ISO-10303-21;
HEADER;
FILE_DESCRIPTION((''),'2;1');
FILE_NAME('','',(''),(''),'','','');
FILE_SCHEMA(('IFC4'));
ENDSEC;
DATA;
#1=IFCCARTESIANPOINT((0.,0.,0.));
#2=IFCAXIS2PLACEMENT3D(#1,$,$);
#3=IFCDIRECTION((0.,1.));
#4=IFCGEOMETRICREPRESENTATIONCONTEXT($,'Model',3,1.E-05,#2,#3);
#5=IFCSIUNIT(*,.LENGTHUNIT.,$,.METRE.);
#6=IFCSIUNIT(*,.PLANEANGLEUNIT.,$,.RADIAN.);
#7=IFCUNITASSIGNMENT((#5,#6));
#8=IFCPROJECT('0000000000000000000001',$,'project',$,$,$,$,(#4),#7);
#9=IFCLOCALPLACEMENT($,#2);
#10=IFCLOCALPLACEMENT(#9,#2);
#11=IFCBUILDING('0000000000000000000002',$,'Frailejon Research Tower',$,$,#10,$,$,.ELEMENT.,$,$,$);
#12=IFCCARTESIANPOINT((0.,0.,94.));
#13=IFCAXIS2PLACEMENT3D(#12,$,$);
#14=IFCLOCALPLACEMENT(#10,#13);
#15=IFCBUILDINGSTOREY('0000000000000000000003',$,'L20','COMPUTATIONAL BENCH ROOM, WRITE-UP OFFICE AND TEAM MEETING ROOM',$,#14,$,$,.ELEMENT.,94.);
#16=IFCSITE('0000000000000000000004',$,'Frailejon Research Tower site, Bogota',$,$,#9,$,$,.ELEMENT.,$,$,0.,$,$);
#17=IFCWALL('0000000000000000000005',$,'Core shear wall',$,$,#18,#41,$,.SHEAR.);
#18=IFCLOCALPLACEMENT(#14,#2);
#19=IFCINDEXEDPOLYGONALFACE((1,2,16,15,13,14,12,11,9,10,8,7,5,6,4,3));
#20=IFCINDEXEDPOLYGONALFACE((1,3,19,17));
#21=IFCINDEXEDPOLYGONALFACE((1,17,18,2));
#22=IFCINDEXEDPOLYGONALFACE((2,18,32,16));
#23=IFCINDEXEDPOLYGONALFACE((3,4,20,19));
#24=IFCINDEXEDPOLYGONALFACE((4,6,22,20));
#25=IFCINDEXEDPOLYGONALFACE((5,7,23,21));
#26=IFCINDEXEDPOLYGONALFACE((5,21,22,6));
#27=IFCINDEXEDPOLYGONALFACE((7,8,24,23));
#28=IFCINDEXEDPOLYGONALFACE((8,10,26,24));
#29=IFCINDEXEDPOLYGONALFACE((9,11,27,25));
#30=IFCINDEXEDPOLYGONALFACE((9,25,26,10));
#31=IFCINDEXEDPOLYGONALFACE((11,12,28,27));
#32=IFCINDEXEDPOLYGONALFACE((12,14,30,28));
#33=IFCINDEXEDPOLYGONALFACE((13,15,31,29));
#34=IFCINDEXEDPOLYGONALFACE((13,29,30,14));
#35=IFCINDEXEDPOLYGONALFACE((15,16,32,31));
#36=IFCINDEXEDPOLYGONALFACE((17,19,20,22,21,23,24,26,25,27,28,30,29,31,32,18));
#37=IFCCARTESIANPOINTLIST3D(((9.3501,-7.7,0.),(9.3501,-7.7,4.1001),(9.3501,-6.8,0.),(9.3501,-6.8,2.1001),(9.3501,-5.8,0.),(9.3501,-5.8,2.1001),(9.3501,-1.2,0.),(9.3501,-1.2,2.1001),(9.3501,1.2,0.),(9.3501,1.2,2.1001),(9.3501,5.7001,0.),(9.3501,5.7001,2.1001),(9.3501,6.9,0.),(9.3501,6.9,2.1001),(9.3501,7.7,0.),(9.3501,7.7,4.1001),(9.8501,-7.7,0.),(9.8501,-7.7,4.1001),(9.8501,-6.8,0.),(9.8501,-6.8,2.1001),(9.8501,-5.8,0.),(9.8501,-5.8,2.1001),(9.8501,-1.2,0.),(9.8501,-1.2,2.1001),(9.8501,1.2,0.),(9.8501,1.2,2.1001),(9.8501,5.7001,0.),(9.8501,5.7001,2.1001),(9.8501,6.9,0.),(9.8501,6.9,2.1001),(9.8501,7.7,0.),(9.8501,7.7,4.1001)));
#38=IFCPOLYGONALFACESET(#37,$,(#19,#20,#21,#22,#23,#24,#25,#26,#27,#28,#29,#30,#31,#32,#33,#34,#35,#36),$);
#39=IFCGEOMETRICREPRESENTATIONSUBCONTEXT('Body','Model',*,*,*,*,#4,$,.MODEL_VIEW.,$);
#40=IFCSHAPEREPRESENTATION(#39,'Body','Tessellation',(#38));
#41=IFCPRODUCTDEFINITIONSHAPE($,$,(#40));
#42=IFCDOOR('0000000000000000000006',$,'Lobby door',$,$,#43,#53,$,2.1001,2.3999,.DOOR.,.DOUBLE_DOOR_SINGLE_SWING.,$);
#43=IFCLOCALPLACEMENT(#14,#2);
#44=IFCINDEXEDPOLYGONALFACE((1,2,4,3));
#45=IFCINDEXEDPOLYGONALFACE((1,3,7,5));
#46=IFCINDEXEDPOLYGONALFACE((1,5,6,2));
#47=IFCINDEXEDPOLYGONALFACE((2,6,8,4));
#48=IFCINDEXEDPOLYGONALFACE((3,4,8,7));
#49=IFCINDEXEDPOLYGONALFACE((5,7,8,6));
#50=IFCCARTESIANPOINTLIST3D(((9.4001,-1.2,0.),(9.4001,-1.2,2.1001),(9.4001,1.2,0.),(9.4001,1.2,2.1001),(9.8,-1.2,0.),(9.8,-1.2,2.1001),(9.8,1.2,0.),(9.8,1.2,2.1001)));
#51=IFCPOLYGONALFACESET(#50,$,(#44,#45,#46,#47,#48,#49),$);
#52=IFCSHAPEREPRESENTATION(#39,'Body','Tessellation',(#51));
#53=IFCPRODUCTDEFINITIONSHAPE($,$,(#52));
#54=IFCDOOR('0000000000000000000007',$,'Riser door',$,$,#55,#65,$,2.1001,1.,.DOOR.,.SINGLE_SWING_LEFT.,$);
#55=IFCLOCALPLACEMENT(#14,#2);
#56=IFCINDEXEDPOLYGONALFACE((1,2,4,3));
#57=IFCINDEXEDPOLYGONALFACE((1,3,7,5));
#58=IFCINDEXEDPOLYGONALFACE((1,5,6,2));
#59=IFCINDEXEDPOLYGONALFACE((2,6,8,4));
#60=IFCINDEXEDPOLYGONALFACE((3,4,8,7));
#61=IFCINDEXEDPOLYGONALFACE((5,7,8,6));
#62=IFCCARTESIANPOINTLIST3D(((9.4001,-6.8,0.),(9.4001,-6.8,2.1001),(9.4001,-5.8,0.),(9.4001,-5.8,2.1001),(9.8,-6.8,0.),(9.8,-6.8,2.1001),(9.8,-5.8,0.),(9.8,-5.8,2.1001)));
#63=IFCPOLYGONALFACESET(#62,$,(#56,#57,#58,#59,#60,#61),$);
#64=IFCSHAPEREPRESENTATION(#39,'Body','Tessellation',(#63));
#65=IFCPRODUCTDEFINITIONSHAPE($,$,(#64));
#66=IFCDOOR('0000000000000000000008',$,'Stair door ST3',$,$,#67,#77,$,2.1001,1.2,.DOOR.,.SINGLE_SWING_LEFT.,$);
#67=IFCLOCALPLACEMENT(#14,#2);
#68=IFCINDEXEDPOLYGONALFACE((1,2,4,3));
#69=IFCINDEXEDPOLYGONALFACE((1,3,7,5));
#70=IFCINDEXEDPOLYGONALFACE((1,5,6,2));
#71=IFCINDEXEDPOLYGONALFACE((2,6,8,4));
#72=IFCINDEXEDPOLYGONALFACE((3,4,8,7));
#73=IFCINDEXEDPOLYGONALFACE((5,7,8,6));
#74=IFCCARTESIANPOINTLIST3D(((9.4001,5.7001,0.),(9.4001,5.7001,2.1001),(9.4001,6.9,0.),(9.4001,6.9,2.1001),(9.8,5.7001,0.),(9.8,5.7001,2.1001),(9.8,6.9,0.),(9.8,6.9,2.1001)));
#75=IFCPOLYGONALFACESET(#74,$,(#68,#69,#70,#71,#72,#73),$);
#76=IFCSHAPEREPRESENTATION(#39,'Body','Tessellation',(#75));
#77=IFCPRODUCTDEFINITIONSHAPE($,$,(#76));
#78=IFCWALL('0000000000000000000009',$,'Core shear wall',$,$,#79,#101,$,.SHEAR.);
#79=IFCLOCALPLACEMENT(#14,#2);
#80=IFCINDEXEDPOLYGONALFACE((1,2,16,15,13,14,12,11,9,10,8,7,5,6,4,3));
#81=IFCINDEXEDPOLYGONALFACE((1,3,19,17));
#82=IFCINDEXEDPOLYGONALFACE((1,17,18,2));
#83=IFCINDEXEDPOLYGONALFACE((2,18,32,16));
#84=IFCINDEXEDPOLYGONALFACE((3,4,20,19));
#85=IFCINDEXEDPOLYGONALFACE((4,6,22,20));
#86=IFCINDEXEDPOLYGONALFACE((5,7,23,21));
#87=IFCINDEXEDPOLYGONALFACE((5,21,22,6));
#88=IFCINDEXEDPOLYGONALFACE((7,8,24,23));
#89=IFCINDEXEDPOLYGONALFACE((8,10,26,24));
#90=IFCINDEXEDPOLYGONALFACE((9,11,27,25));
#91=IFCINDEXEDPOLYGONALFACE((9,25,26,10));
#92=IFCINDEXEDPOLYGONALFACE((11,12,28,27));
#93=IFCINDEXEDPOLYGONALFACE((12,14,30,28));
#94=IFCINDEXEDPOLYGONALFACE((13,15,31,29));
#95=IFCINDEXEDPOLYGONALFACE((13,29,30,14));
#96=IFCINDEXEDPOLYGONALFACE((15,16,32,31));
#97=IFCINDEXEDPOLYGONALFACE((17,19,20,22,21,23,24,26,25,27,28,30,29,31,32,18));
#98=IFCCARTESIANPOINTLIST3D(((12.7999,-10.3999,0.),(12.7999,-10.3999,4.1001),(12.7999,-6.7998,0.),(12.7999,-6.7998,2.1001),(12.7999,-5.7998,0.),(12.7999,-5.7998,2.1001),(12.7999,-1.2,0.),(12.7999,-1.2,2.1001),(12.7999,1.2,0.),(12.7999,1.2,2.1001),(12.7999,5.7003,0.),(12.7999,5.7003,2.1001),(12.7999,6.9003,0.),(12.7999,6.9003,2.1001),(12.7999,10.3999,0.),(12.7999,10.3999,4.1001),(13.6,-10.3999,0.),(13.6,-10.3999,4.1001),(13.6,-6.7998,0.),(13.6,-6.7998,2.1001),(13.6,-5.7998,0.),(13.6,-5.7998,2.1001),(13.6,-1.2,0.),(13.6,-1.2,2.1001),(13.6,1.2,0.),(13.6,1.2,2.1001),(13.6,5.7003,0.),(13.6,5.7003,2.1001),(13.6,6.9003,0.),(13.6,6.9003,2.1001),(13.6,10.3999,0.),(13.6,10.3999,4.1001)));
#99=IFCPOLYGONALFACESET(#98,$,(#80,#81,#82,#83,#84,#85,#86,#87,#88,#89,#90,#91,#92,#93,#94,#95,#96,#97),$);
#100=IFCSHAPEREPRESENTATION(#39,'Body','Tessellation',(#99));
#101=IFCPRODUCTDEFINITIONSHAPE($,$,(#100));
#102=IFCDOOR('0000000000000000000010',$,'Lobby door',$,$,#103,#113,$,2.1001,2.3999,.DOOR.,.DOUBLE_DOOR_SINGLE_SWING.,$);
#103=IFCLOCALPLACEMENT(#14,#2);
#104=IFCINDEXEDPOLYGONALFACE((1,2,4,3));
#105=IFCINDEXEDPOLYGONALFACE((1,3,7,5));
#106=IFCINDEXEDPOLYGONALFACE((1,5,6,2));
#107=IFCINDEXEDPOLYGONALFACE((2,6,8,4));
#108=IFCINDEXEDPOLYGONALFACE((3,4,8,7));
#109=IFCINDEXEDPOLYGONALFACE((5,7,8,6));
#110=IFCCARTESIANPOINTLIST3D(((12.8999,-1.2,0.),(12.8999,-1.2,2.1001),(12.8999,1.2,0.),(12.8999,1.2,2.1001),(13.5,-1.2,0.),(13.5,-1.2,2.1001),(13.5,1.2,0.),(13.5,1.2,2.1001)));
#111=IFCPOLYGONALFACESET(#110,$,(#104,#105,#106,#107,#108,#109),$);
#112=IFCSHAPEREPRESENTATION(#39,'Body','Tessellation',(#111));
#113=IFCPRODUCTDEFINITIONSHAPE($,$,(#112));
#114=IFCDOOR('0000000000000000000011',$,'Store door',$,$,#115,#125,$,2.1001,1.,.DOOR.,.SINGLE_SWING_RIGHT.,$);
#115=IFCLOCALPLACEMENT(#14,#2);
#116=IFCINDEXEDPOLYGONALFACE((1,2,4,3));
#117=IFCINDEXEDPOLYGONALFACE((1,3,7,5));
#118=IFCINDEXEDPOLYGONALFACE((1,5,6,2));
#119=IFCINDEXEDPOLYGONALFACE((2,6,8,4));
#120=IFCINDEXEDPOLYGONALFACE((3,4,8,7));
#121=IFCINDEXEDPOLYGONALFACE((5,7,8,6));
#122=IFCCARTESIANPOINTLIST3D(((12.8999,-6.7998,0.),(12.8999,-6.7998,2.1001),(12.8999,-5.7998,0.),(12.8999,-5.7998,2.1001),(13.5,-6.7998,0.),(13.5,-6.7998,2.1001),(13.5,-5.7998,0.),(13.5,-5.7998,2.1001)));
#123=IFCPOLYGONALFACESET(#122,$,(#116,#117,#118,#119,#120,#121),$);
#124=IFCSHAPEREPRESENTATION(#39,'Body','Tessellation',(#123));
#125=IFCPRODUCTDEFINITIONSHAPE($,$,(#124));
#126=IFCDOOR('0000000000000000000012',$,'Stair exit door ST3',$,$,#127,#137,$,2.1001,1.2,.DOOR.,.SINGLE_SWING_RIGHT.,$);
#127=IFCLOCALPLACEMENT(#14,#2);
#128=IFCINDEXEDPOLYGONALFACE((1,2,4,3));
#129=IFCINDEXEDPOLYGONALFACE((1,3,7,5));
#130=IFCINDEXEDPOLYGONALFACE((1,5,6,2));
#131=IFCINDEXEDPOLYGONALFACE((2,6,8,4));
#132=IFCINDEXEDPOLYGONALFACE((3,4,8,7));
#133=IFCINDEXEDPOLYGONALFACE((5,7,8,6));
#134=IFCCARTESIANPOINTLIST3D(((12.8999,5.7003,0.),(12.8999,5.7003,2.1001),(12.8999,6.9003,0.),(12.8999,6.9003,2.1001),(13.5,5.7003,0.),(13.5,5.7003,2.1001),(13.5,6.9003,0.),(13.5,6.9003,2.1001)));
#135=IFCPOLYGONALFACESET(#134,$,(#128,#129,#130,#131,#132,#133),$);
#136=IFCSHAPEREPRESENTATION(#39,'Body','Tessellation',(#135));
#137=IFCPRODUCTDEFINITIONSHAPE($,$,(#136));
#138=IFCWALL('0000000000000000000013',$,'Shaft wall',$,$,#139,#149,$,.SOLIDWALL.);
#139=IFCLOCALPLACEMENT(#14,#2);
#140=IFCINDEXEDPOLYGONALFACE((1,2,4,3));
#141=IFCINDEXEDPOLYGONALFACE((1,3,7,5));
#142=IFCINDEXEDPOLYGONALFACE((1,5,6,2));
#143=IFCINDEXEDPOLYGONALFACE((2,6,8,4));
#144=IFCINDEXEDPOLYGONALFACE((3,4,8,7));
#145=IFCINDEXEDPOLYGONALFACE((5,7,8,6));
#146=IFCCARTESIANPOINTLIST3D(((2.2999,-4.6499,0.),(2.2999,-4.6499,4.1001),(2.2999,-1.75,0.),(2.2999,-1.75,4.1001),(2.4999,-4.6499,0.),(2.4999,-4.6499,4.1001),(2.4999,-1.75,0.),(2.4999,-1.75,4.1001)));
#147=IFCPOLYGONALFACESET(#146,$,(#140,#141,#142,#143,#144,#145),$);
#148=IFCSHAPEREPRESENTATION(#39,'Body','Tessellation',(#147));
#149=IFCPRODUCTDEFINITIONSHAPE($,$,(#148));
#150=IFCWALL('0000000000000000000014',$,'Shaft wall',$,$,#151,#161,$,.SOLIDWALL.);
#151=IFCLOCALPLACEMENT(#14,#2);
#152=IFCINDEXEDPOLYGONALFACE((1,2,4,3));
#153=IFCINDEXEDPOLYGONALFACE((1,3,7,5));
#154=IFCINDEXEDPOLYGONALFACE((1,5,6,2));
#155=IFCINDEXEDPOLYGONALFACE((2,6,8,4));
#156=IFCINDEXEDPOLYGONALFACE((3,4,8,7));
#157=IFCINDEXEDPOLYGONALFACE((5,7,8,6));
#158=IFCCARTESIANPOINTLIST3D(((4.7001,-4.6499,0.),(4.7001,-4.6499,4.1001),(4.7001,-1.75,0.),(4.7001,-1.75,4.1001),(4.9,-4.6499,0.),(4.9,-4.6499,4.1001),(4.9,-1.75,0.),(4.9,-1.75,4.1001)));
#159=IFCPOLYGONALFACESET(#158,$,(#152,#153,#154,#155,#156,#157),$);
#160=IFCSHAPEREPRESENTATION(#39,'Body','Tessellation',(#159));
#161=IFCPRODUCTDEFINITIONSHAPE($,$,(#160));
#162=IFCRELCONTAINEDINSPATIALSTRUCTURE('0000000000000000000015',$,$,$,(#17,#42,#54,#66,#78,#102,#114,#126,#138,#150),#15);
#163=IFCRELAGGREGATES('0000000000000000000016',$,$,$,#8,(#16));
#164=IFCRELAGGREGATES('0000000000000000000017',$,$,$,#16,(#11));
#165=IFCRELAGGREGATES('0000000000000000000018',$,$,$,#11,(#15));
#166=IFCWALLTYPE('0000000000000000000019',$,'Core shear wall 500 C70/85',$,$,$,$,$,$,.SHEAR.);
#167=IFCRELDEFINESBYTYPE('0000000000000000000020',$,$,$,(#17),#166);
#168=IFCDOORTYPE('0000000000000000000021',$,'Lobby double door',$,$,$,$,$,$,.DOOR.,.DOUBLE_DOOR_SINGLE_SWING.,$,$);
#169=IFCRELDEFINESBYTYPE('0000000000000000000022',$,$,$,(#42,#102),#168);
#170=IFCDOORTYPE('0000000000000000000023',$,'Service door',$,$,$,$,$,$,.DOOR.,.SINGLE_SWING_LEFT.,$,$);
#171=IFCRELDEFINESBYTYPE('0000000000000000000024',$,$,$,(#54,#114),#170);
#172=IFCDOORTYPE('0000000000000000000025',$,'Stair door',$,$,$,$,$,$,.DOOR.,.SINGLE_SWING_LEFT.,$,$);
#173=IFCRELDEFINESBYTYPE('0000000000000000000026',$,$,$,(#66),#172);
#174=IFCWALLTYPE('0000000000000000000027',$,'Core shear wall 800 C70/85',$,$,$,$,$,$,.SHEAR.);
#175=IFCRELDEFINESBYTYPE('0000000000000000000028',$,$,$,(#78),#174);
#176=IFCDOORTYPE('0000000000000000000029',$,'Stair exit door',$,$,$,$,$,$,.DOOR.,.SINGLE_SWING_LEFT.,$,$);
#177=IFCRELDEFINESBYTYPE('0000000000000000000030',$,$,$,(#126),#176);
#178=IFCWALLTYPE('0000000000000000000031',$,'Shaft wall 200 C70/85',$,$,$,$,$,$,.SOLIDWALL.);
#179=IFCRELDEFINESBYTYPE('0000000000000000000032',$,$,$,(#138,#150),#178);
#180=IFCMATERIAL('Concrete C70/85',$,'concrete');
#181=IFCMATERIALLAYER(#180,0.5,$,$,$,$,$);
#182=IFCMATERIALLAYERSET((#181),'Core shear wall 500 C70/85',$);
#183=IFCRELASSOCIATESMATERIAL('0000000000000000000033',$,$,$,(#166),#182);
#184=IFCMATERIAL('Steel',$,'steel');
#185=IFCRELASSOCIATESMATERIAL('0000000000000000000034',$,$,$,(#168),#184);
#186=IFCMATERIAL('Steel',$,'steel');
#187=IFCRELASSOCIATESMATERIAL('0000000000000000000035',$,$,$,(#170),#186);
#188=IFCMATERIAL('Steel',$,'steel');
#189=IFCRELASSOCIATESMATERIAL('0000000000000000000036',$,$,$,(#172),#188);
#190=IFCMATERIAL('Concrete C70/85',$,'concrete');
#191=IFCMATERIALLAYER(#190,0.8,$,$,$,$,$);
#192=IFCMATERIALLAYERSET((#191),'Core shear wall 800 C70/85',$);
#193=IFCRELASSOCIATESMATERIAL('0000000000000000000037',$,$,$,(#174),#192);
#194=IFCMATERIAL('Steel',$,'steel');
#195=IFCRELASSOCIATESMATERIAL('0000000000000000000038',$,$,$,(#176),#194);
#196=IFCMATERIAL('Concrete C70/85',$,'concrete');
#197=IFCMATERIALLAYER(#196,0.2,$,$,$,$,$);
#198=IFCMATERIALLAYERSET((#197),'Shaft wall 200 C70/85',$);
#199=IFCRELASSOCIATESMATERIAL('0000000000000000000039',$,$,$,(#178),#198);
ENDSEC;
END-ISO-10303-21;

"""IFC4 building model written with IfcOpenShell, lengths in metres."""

from ifc_helpers import new_model, si_unit, direction, frame, frame_2d, origin, place, context, subcontext, project, spatial, rectangle, extrude, material, layer, layer_set, type_object, element, fill, save


model = new_model("IFC4")

# Units and contexts
model_context = context("Model", 3, precision=1e-05, world=origin(), true_north=direction((0.0, 1.0)))
body_context = subcontext(model_context, "Body", "Model", "MODEL_VIEW")
ifc_project = project(units=[si_unit("LENGTHUNIT", "METRE"), si_unit("PLANEANGLEUNIT", "RADIAN")], contexts=[model_context])

# Site, building, storey
site_placement = place(None, origin())
site = spatial("IfcSite", under=ifc_project, at=site_placement, Name="Frailejon Research Tower site, Bogota", CompositionType="ELEMENT", RefElevation=0.0)
building_placement = place(site_placement, origin())
building = spatial("IfcBuilding", under=site, at=building_placement, Name="Frailejon Research Tower", CompositionType="ELEMENT")
storey_placement = place(building_placement, frame((0.0, 0.0, 94.0)))
storey = spatial("IfcBuildingStorey", under=building, at=storey_placement, Name="L20", Description="COMPUTATIONAL BENCH ROOM, WRITE-UP OFFICE AND TEAM MEETING ROOM", CompositionType="ELEMENT", Elevation=94.0)

# Walls, openings, doors
ifc_material_1 = material(Name="Concrete C70/85", Category="concrete")
ifc_layer_1 = layer(ifc_material_1, 0.5)
ifc_layer_set_1 = layer_set([ifc_layer_1], Name="Core shear wall 500 C70/85")
wall_type_1 = type_object("IfcWallType", Name="Core shear wall 500 C70/85", PredefinedType="SHEAR", material=ifc_layer_set_1)
wall_1_placement = place(storey_placement, frame((9.6001, -7.7, 0.0), z_axis=(0.0, 0.0, 1.0), x_axis=(0.0, 1.0, 0.0)))
wall_1 = element("IfcWall", 1, at=wall_1_placement, inside=storey, type_object=wall_type_1, Name="Core shear wall", PredefinedType="SHEAR", context=body_context, shape_type="SweptSolid", body=[
    extrude(rectangle(XDim=15.3999, YDim=0.5, at=frame_2d((7.7, 0.0))), origin(), (0.0, 0.0, 1.0), 4.1001),
])
opening_1_placement = place(wall_1_placement, frame((6.5, 0.0, 0.0)))
opening_1 = element("IfcOpeningElement", 2, at=opening_1_placement, cuts=wall_1, PredefinedType="OPENING", context=body_context, shape_type="SweptSolid", body=[
    extrude(rectangle(XDim=2.3999, YDim=2.1001, at=frame_2d((1.2, 1.05))), frame((0.0, 0.26, 0.0), z_axis=(0.0, -1.0, 0.0), x_axis=(1.0, 0.0, 0.0)), (0.0, 0.0, 1.0), 0.52),
])
opening_2_placement = place(wall_1_placement, frame((13.3999, 0.0, 0.0)))
opening_2 = element("IfcOpeningElement", 3, at=opening_2_placement, cuts=wall_1, PredefinedType="OPENING", context=body_context, shape_type="SweptSolid", body=[
    extrude(rectangle(XDim=1.2, YDim=2.1001, at=frame_2d((0.6001, 1.05))), frame((0.0, 0.26, 0.0), z_axis=(0.0, -1.0, 0.0), x_axis=(1.0, 0.0, 0.0)), (0.0, 0.0, 1.0), 0.52),
])
opening_3_placement = place(wall_1_placement, frame((0.8999, 0.0, 0.0)))
opening_3 = element("IfcOpeningElement", 4, at=opening_3_placement, cuts=wall_1, PredefinedType="OPENING", context=body_context, shape_type="SweptSolid", body=[
    extrude(rectangle(XDim=1.0, YDim=2.1001, at=frame_2d((0.5, 1.05))), frame((0.0, 0.26, 0.0), z_axis=(0.0, -1.0, 0.0), x_axis=(1.0, 0.0, 0.0)), (0.0, 0.0, 1.0), 0.52),
])
ifc_material_2 = material(Name="Steel", Category="steel")
door_type_1 = type_object("IfcDoorType", Name="Lobby double door", OperationType="DOUBLE_DOOR_SINGLE_SWING", PredefinedType="DOOR", material=ifc_material_2)
door_1_placement = place(opening_1_placement, origin())
door_1 = element("IfcDoor", 5, at=door_1_placement, inside=storey, type_object=door_type_1, Name="Lobby door", OperationType="DOUBLE_DOOR_SINGLE_SWING", OverallHeight=2.1001, OverallWidth=2.3999, PredefinedType="DOOR", context=body_context, shape_type="SweptSolid", body=[
    extrude(rectangle(XDim=2.3999, YDim=2.1001, at=frame_2d((1.2, 1.05))), frame((0.0, 0.2, 0.0), z_axis=(0.0, -1.0, 0.0), x_axis=(1.0, 0.0, 0.0)), (0.0, 0.0, 1.0), 0.3999),
])
fill(opening_1, door_1)
ifc_material_3 = material(Name="Steel", Category="steel")
door_type_2 = type_object("IfcDoorType", Name="Service door", OperationType="SINGLE_SWING_LEFT", PredefinedType="DOOR", material=ifc_material_3)
door_2_placement = place(opening_3_placement, origin())
door_2 = element("IfcDoor", 6, at=door_2_placement, inside=storey, type_object=door_type_2, Name="Riser door", OperationType="SINGLE_SWING_LEFT", OverallHeight=2.1001, OverallWidth=1.0, PredefinedType="DOOR", context=body_context, shape_type="SweptSolid", body=[
    extrude(rectangle(XDim=1.0, YDim=2.1001, at=frame_2d((0.5, 1.05))), frame((0.0, 0.2, 0.0), z_axis=(0.0, -1.0, 0.0), x_axis=(1.0, 0.0, 0.0)), (0.0, 0.0, 1.0), 0.3999),
])
fill(opening_3, door_2)
ifc_material_4 = material(Name="Steel", Category="steel")
door_type_3 = type_object("IfcDoorType", Name="Stair door", OperationType="SINGLE_SWING_LEFT", PredefinedType="DOOR", material=ifc_material_4)
door_3_placement = place(opening_2_placement, origin())
door_3 = element("IfcDoor", 7, at=door_3_placement, inside=storey, type_object=door_type_3, Name="Stair door ST3", OperationType="SINGLE_SWING_LEFT", OverallHeight=2.1001, OverallWidth=1.2, PredefinedType="DOOR", context=body_context, shape_type="SweptSolid", body=[
    extrude(rectangle(XDim=1.2, YDim=2.1001, at=frame_2d((0.6001, 1.05))), frame((0.0, 0.2, 0.0), z_axis=(0.0, -1.0, 0.0), x_axis=(1.0, 0.0, 0.0)), (0.0, 0.0, 1.0), 0.3999),
])
fill(opening_2, door_3)
ifc_material_5 = material(Name="Concrete C70/85", Category="concrete")
ifc_layer_2 = layer(ifc_material_5, 0.8)
ifc_layer_set_2 = layer_set([ifc_layer_2], Name="Core shear wall 800 C70/85")
wall_type_2 = type_object("IfcWallType", Name="Core shear wall 800 C70/85", PredefinedType="SHEAR", material=ifc_layer_set_2)
wall_2_placement = place(storey_placement, frame((13.2, -10.3999, 0.0), z_axis=(0.0, 0.0, 1.0), x_axis=(0.0, 1.0, 0.0)))
wall_2 = element("IfcWall", 8, at=wall_2_placement, inside=storey, type_object=wall_type_2, Name="Core shear wall", PredefinedType="SHEAR", context=body_context, shape_type="SweptSolid", body=[
    extrude(rectangle(XDim=20.7998, YDim=0.8, at=frame_2d((10.3999, 0.0))), origin(), (0.0, 0.0, 1.0), 4.1001),
])
opening_4_placement = place(wall_2_placement, frame((9.2, 0.0, 0.0)))
opening_4 = element("IfcOpeningElement", 9, at=opening_4_placement, cuts=wall_2, PredefinedType="OPENING", context=body_context, shape_type="SweptSolid", body=[
    extrude(rectangle(XDim=2.3999, YDim=2.1001, at=frame_2d((1.2, 1.05))), frame((0.0, 0.4099, 0.0), z_axis=(0.0, -1.0, 0.0), x_axis=(1.0, 0.0, 0.0)), (0.0, 0.0, 1.0), 0.8201),
])
opening_5_placement = place(wall_2_placement, frame((16.1001, 0.0, 0.0)))
opening_5 = element("IfcOpeningElement", 10, at=opening_5_placement, cuts=wall_2, PredefinedType="OPENING", context=body_context, shape_type="SweptSolid", body=[
    extrude(rectangle(XDim=1.2, YDim=2.1001, at=frame_2d((0.6001, 1.05))), frame((0.0, 0.4099, 0.0), z_axis=(0.0, -1.0, 0.0), x_axis=(1.0, 0.0, 0.0)), (0.0, 0.0, 1.0), 0.8201),
])
opening_6_placement = place(wall_2_placement, frame((3.6001, 0.0, 0.0)))
opening_6 = element("IfcOpeningElement", 11, at=opening_6_placement, cuts=wall_2, PredefinedType="OPENING", context=body_context, shape_type="SweptSolid", body=[
    extrude(rectangle(XDim=1.0, YDim=2.1001, at=frame_2d((0.5, 1.05))), frame((0.0, 0.4099, 0.0), z_axis=(0.0, -1.0, 0.0), x_axis=(1.0, 0.0, 0.0)), (0.0, 0.0, 1.0), 0.8201),
])
door_4_placement = place(opening_4_placement, origin())
door_4 = element("IfcDoor", 12, at=door_4_placement, inside=storey, type_object=door_type_1, Name="Lobby door", OperationType="DOUBLE_DOOR_SINGLE_SWING", OverallHeight=2.1001, OverallWidth=2.3999, PredefinedType="DOOR", context=body_context, shape_type="SweptSolid", body=[
    extrude(rectangle(XDim=2.3999, YDim=2.1001, at=frame_2d((1.2, 1.05))), frame((0.0, 0.3, 0.0), z_axis=(0.0, -1.0, 0.0), x_axis=(1.0, 0.0, 0.0)), (0.0, 0.0, 1.0), 0.6001),
])
fill(opening_4, door_4)
door_5_placement = place(opening_6_placement, origin())
door_5 = element("IfcDoor", 13, at=door_5_placement, inside=storey, type_object=door_type_2, Name="Store door", OperationType="SINGLE_SWING_RIGHT", OverallHeight=2.1001, OverallWidth=1.0, PredefinedType="DOOR", context=body_context, shape_type="SweptSolid", body=[
    extrude(rectangle(XDim=1.0, YDim=2.1001, at=frame_2d((0.5, 1.05))), frame((0.0, 0.3, 0.0), z_axis=(0.0, -1.0, 0.0), x_axis=(1.0, 0.0, 0.0)), (0.0, 0.0, 1.0), 0.6001),
])
fill(opening_6, door_5)
ifc_material_6 = material(Name="Steel", Category="steel")
door_type_4 = type_object("IfcDoorType", Name="Stair exit door", OperationType="SINGLE_SWING_LEFT", PredefinedType="DOOR", material=ifc_material_6)
door_6_placement = place(opening_5_placement, origin())
door_6 = element("IfcDoor", 14, at=door_6_placement, inside=storey, type_object=door_type_4, Name="Stair exit door ST3", OperationType="SINGLE_SWING_RIGHT", OverallHeight=2.1001, OverallWidth=1.2, PredefinedType="DOOR", context=body_context, shape_type="SweptSolid", body=[
    extrude(rectangle(XDim=1.2, YDim=2.1001, at=frame_2d((0.6001, 1.05))), frame((0.0, 0.3, 0.0), z_axis=(0.0, -1.0, 0.0), x_axis=(1.0, 0.0, 0.0)), (0.0, 0.0, 1.0), 0.6001),
])
fill(opening_5, door_6)

# Walls
ifc_material_7 = material(Name="Concrete C70/85", Category="concrete")
ifc_layer_3 = layer(ifc_material_7, 0.2)
ifc_layer_set_3 = layer_set([ifc_layer_3], Name="Shaft wall 200 C70/85")
wall_type_3 = type_object("IfcWallType", Name="Shaft wall 200 C70/85", PredefinedType="SOLIDWALL", material=ifc_layer_set_3)
for number, where, z_axis, x_axis, name in (
    (15, (2.3999, -4.6499, 0.0), (0.0, 0.0, 1.0), (0.0, 1.0, 0.0), "Shaft wall"),
    (16, (4.8, -4.6499, 0.0), (0.0, 0.0, 1.0), (0.0, 1.0, 0.0), "Shaft wall"),
):
    element("IfcWall", number, at=place(storey_placement, frame(where, z_axis=z_axis, x_axis=x_axis)), inside=storey, type_object=wall_type_3, Name=name, PredefinedType="SOLIDWALL", context=body_context, shape_type="SweptSolid", body=[
        extrude(rectangle(XDim=2.8999, YDim=0.2, at=frame_2d((1.45, 0.0))), origin(), (0.0, 0.0, 1.0), 4.1001),
    ])

save(model, "model.ifc")
